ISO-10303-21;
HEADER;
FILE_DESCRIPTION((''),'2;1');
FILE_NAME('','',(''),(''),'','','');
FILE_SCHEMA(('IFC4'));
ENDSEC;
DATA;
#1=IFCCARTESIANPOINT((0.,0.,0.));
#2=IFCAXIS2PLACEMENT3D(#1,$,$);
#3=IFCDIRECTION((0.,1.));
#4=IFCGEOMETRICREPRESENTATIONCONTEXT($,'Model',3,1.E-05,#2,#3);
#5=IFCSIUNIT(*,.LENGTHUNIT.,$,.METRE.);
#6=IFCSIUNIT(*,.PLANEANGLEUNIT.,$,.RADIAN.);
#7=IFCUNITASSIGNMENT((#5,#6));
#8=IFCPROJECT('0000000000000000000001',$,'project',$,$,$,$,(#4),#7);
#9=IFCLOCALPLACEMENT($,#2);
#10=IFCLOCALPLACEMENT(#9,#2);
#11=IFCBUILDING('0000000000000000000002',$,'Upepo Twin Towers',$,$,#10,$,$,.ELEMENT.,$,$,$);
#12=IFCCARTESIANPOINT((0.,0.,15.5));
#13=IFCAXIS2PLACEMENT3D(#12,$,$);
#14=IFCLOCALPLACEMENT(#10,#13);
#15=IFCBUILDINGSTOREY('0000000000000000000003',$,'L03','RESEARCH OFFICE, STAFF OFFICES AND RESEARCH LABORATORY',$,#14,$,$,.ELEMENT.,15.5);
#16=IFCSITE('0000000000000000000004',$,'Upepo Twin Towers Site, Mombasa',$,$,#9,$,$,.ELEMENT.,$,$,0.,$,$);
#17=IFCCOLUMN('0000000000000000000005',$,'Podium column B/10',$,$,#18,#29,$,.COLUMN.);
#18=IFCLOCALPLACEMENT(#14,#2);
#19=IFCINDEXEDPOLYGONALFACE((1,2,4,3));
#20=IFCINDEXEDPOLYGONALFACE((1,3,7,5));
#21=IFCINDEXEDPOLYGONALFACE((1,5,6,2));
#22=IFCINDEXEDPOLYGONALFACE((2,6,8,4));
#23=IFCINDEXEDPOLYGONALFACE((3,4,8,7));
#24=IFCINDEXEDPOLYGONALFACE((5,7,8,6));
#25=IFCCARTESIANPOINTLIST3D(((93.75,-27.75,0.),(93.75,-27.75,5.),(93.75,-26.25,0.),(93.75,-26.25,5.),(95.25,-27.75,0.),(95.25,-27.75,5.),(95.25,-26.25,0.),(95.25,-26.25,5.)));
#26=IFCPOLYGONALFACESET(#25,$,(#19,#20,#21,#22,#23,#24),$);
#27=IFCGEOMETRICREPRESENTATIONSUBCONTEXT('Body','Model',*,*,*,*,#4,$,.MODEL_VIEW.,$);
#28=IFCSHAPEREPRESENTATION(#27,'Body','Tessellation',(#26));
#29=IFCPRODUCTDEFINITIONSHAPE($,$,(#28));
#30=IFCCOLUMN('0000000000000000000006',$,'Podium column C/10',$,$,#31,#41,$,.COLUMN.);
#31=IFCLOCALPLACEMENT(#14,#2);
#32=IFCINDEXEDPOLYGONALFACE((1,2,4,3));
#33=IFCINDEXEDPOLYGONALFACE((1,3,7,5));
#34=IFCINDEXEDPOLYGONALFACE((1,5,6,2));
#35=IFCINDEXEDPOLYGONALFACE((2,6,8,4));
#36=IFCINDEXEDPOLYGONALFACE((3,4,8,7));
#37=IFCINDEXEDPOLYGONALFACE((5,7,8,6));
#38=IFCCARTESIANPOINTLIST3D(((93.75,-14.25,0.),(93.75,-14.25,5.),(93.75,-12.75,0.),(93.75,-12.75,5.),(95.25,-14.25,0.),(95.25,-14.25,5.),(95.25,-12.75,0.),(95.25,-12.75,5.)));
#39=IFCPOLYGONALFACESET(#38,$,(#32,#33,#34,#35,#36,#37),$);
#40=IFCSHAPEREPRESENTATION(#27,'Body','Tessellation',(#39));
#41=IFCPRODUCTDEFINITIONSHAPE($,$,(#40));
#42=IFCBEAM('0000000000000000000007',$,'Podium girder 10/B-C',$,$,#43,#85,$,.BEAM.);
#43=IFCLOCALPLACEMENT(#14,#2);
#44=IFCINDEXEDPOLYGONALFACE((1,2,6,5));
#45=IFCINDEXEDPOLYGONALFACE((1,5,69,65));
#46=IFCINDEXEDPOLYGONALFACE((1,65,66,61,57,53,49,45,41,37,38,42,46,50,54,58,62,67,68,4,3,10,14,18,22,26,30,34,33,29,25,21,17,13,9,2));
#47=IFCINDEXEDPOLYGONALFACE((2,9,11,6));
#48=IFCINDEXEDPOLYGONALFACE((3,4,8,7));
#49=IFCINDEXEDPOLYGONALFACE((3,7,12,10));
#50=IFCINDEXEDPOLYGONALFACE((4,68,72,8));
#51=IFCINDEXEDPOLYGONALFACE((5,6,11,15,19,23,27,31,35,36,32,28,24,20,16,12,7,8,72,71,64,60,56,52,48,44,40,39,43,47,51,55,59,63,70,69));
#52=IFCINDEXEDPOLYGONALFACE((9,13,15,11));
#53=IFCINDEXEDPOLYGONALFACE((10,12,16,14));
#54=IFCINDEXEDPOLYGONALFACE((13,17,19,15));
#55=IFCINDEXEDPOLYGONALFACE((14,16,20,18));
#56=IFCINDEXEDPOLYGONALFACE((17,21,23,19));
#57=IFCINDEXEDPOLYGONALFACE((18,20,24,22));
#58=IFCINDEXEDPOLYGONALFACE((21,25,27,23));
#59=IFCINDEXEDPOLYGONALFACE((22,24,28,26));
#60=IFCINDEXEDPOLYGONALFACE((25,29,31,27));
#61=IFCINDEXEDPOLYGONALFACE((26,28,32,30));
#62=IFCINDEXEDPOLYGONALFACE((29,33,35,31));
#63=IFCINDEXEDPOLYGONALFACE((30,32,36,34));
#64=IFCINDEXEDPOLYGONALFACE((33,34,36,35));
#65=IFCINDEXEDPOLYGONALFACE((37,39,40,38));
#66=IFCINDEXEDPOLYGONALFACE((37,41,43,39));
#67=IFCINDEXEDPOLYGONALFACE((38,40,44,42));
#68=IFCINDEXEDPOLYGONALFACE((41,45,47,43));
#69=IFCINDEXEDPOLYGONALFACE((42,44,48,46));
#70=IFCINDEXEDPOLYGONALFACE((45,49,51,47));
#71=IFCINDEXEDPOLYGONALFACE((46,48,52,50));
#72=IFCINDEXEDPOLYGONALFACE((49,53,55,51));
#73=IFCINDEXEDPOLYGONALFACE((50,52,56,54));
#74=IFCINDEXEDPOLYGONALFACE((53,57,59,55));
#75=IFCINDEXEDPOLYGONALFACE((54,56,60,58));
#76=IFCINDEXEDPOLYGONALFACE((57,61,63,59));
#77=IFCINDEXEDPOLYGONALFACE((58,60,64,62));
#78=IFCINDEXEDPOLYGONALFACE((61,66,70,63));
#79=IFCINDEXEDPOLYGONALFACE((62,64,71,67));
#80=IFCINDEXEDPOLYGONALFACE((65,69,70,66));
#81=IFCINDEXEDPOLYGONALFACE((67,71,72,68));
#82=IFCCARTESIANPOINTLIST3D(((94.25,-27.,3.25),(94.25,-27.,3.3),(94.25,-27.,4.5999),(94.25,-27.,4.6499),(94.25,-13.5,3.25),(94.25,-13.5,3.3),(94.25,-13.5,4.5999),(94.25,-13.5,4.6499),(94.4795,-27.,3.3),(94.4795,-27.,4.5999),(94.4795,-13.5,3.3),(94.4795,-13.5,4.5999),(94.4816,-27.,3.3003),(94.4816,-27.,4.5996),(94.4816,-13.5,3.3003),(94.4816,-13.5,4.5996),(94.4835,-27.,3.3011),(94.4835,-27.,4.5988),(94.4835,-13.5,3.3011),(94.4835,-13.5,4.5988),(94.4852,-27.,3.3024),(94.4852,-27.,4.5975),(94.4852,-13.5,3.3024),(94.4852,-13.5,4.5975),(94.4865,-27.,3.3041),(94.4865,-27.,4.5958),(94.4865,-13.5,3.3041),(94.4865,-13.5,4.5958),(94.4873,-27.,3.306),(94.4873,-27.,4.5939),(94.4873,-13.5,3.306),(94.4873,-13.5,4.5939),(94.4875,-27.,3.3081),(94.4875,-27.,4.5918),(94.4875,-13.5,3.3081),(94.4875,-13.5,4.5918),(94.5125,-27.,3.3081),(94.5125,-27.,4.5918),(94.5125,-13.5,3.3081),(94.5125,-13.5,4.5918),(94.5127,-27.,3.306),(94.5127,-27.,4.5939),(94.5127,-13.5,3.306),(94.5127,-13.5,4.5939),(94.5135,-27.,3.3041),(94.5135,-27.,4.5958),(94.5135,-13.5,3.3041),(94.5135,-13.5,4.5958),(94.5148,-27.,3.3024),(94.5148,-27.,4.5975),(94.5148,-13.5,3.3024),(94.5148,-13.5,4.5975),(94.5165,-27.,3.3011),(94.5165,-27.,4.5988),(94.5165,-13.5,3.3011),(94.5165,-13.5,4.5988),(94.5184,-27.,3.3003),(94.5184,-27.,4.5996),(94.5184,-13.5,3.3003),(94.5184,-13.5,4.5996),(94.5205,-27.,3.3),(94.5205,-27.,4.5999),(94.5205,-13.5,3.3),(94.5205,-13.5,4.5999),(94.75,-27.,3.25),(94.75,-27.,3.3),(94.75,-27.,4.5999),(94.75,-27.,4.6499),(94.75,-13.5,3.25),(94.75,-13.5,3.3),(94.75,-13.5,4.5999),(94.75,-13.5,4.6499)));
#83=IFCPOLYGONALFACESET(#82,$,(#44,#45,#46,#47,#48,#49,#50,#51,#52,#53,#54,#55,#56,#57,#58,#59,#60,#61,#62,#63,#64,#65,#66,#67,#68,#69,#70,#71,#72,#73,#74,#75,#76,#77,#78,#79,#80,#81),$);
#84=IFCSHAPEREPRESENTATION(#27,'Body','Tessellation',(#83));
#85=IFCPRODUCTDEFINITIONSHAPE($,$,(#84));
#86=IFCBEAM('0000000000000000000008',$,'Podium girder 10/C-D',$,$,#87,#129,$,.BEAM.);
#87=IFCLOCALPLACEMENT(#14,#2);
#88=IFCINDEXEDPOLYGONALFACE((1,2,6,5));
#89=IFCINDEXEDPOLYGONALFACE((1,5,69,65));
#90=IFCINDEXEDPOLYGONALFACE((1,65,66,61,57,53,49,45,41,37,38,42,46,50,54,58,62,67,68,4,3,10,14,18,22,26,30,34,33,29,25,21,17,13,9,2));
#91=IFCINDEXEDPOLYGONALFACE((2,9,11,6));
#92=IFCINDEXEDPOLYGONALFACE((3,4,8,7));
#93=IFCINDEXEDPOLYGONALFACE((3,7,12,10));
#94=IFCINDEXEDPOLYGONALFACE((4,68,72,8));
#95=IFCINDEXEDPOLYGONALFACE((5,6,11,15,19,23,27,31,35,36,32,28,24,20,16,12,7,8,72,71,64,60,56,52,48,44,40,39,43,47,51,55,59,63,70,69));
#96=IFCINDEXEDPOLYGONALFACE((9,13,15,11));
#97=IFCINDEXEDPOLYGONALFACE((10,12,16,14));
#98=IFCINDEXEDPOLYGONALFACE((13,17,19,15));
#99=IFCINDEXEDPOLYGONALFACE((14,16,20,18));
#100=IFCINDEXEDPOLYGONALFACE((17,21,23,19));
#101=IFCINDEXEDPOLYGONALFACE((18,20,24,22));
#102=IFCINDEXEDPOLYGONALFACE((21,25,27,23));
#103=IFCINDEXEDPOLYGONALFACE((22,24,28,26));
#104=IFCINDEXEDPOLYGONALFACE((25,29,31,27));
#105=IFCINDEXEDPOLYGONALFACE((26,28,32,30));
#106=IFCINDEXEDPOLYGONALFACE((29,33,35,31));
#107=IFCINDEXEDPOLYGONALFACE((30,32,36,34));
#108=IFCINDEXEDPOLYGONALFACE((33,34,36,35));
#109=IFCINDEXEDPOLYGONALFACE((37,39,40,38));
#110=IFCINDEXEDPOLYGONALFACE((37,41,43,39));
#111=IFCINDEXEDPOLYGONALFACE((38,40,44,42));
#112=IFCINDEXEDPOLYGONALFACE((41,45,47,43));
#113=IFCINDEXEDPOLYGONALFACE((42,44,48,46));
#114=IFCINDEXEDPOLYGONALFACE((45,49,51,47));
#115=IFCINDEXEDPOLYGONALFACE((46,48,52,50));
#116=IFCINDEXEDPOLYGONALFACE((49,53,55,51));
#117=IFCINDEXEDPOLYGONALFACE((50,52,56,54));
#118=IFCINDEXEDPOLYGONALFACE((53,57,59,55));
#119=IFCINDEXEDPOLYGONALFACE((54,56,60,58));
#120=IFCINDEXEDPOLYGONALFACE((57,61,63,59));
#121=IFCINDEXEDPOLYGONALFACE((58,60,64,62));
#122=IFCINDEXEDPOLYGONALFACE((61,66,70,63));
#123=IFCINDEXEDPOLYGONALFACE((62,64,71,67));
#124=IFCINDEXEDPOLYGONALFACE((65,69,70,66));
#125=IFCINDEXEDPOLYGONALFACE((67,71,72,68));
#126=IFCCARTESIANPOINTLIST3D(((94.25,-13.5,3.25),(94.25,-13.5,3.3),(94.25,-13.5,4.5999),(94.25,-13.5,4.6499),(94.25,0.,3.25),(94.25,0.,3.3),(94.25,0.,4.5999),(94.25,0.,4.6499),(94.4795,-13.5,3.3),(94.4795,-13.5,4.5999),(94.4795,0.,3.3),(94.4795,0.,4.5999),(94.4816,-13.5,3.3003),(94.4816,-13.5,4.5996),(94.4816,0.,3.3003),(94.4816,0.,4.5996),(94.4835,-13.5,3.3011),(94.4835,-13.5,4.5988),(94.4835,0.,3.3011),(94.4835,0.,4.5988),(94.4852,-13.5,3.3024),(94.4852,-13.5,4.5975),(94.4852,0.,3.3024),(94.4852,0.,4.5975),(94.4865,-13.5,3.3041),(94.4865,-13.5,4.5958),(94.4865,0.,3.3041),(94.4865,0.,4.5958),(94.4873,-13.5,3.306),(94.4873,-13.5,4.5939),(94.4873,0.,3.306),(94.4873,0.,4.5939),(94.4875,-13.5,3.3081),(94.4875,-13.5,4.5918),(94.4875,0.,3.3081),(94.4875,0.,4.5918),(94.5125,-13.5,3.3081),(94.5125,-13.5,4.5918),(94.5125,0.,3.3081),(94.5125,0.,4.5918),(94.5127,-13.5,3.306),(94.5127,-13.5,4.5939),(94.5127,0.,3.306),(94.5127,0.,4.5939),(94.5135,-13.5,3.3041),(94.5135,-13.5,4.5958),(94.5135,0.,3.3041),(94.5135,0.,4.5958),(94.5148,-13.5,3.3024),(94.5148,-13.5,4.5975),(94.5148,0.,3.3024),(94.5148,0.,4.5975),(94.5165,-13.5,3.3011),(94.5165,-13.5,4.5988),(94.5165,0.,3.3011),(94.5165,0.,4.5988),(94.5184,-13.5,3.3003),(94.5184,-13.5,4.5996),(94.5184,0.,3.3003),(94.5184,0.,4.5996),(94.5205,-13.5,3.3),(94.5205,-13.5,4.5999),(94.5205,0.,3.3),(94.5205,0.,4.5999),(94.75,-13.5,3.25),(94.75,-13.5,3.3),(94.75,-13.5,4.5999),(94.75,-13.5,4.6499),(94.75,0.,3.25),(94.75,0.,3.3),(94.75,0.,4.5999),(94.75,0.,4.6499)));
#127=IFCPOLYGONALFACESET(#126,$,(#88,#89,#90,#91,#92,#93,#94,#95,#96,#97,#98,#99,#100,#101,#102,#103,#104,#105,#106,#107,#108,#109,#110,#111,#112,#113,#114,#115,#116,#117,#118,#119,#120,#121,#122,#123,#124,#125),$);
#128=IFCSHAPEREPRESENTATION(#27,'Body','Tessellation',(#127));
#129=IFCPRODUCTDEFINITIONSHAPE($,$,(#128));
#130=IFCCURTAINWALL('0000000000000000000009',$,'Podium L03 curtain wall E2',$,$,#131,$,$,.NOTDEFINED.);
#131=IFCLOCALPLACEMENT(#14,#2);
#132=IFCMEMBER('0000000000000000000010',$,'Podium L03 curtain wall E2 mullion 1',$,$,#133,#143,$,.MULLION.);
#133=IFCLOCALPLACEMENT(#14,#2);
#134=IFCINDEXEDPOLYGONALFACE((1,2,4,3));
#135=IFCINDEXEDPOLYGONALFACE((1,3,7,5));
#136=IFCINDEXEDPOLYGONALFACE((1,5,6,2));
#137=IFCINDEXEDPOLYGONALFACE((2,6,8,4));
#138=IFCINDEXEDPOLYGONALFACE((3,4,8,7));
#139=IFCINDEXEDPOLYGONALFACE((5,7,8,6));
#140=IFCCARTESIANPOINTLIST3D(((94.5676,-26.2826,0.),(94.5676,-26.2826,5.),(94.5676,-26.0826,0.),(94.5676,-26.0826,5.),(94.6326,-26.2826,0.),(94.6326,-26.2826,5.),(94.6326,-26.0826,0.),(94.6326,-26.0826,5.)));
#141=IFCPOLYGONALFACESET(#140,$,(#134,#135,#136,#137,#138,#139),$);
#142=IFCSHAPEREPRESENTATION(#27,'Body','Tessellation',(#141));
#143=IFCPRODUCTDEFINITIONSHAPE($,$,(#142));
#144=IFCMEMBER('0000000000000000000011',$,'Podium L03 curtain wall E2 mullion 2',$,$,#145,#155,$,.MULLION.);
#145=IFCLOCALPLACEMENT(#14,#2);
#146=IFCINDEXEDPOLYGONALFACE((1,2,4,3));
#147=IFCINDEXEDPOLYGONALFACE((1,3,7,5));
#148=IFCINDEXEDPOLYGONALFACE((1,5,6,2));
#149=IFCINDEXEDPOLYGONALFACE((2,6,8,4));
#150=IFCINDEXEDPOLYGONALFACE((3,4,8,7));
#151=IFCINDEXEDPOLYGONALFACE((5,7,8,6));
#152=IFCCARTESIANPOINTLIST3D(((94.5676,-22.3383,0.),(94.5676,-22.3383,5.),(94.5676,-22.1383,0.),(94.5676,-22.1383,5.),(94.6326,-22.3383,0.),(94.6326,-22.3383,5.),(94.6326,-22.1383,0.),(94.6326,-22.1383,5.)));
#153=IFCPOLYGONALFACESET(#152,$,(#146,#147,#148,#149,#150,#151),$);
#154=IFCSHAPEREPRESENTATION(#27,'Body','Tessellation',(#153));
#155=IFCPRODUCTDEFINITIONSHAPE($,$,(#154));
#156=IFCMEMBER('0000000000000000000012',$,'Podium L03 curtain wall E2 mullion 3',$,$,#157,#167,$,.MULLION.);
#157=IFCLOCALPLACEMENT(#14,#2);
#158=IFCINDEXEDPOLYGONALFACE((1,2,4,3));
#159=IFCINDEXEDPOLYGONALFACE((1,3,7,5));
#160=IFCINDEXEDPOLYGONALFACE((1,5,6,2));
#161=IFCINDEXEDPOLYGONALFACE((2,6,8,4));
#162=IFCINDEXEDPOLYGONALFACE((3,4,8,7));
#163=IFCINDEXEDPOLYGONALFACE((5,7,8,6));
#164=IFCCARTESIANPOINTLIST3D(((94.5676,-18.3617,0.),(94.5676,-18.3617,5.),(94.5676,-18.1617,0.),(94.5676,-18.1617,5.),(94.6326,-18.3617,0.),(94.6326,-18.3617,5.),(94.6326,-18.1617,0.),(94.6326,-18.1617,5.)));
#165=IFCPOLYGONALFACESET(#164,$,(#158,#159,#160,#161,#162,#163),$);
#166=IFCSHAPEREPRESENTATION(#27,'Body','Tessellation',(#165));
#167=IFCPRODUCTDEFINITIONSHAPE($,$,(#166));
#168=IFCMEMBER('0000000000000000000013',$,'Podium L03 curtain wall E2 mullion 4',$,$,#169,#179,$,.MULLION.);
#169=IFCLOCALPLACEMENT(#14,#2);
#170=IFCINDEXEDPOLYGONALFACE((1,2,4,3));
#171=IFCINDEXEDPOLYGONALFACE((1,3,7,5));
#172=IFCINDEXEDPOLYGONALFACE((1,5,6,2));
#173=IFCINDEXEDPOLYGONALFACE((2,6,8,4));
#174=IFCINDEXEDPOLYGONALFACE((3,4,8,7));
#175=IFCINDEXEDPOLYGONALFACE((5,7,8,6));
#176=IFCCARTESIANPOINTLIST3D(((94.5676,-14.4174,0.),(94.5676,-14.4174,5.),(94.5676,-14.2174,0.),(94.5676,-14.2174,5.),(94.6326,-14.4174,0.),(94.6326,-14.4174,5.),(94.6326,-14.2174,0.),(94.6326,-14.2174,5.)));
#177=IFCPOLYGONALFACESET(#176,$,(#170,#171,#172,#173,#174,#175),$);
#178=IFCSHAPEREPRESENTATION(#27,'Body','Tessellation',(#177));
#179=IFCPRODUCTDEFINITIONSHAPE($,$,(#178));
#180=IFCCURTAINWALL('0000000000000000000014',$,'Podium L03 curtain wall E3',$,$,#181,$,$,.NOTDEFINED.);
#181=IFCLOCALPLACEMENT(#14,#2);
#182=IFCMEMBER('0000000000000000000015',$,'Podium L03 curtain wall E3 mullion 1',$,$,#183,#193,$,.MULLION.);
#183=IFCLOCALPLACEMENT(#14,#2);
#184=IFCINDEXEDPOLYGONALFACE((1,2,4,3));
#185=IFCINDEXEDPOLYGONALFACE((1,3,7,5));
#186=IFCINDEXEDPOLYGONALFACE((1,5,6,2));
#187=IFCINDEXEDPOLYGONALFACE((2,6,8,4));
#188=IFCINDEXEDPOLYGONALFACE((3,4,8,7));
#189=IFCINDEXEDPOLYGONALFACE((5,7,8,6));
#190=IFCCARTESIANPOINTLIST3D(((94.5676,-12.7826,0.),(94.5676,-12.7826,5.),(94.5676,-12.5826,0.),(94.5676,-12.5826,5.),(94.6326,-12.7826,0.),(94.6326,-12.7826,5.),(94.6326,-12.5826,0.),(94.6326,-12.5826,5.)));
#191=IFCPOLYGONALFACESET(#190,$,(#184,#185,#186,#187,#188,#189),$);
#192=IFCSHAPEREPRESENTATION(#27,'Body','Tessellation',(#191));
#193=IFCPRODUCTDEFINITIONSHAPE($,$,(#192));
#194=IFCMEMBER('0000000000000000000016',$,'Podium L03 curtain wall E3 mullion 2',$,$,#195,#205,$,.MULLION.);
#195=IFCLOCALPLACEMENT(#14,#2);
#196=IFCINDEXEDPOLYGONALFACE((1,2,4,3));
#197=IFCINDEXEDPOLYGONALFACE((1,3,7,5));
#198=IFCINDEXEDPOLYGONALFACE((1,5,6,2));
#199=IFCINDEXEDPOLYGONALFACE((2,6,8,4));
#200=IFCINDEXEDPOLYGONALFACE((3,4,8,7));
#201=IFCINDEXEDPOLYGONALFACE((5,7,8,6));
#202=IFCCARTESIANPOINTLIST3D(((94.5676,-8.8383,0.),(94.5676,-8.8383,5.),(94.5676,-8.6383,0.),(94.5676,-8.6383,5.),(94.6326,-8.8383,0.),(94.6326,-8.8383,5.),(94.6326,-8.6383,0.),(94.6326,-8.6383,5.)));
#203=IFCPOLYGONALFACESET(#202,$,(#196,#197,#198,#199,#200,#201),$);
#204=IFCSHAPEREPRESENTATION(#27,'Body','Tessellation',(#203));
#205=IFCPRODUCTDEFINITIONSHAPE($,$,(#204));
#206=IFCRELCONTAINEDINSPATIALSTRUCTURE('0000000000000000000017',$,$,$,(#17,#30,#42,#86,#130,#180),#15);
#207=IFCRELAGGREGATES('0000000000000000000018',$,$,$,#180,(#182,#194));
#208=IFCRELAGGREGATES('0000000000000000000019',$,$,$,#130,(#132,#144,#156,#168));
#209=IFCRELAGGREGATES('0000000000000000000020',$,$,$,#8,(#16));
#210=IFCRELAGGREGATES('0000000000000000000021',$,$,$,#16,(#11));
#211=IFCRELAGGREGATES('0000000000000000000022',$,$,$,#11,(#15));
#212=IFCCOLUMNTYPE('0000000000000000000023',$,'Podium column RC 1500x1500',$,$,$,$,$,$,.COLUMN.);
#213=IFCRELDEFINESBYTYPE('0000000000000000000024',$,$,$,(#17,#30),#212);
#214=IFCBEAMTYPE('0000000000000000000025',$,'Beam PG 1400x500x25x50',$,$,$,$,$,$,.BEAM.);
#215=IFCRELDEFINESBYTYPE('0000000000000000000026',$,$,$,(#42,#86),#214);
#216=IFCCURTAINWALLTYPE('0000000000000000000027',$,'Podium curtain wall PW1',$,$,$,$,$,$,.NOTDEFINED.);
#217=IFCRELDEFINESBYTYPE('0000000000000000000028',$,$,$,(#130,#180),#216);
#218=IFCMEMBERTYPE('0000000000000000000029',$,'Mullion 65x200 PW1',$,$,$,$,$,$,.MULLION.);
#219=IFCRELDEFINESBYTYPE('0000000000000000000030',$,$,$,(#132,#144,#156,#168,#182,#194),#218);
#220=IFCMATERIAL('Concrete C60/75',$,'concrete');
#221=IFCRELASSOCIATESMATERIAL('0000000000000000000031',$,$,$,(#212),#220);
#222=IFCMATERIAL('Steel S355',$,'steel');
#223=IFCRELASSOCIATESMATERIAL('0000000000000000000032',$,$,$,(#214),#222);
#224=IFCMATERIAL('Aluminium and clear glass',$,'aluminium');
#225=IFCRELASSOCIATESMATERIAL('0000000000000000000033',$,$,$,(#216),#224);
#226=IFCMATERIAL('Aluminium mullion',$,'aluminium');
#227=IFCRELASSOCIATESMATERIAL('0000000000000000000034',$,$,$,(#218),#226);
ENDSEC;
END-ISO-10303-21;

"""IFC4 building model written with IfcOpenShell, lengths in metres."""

from ifc_helpers import new_model, si_unit, direction, frame, origin, origin_2d, place, context, subcontext, project, spatial, rectangle, i_section, extrude, material, material_profile, profile_set, type_object, element, aggregate, save


model = new_model("IFC4")

# Units and contexts
model_context = context("Model", 3, precision=1e-05, world=origin(), true_north=direction((0.0, 1.0)))
body_context = subcontext(model_context, "Body", "Model", "MODEL_VIEW")
ifc_project = project(units=[si_unit("LENGTHUNIT", "METRE"), si_unit("PLANEANGLEUNIT", "RADIAN")], contexts=[model_context])

# Site, building, storey
site_placement = place(None, origin())
site = spatial("IfcSite", under=ifc_project, at=site_placement, Name="Upepo Twin Towers Site, Mombasa", CompositionType="ELEMENT", RefElevation=0.0)
building_placement = place(site_placement, origin())
building = spatial("IfcBuilding", under=site, at=building_placement, Name="Upepo Twin Towers", CompositionType="ELEMENT")
storey_placement = place(building_placement, frame((0.0, 0.0, 15.5)))
storey = spatial("IfcBuildingStorey", under=building, at=storey_placement, Name="L03", Description="RESEARCH OFFICE, STAFF OFFICES AND RESEARCH LABORATORY", CompositionType="ELEMENT", Elevation=15.5)

# Columns
ifc_material_1 = material(Name="Concrete C60/75", Category="concrete")
ifc_material_profile_1 = material_profile(ifc_material_1, rectangle(XDim=1.5, YDim=1.5, at=origin_2d()), Name="RC 1500x1500")
ifc_profile_set_1 = profile_set([ifc_material_profile_1], Name="Concrete C60/75")
column_type = type_object("IfcColumnType", Name="Podium column RC 1500x1500", PredefinedType="COLUMN", material=ifc_profile_set_1)
for number, where, z_axis, x_axis, name in (
    (1, (94.5, -27.0, 0.0), (0.0, 0.0, 1.0), (1.0, 0.0, 0.0), "Podium column B/10"),
    (2, (94.5, -13.5, 0.0), (0.0, 0.0, 1.0), (1.0, 0.0, 0.0), "Podium column C/10"),
):
    element("IfcColumn", number, at=place(storey_placement, frame(where, z_axis=z_axis, x_axis=x_axis)), inside=storey, type_object=column_type, Name=name, PredefinedType="COLUMN", context=body_context, shape_type="SweptSolid", body=[
        extrude(rectangle(XDim=1.5, YDim=1.5, at=origin_2d()), origin(), (0.0, 0.0, 1.0), 5.0),
    ])

# Beams
ifc_material_2 = material(Name="Steel S355", Category="steel")
ifc_material_profile_2 = material_profile(ifc_material_2, i_section(OverallWidth=0.5, OverallDepth=1.3999, WebThickness=0.0249, FlangeThickness=0.05, FilletRadius=0.0081, at=origin_2d()), Name="PG 1400x500x25x50")
ifc_profile_set_2 = profile_set([ifc_material_profile_2], Name="Steel S355")
beam_type_1 = type_object("IfcBeamType", Name="Beam PG 1400x500x25x50", PredefinedType="BEAM", material=ifc_profile_set_2)
for number, where, z_axis, x_axis, name in (
    (3, (94.5, -27.0, 3.95), (0.0, 1.0, 0.0), (-1.0, 0.0, 0.0), "Podium girder 10/B-C"),
    (4, (94.5, -13.5, 3.95), (0.0, 1.0, 0.0), (-1.0, 0.0, 0.0), "Podium girder 10/C-D"),
):
    element("IfcBeam", number, at=place(storey_placement, frame(where, z_axis=z_axis, x_axis=x_axis)), inside=storey, type_object=beam_type_1, Name=name, PredefinedType="BEAM", context=body_context, shape_type="SweptSolid", body=[
        extrude(i_section(OverallWidth=0.5, OverallDepth=1.3999, WebThickness=0.0249, FlangeThickness=0.05, FilletRadius=0.0081, at=origin_2d()), origin(), (0.0, 0.0, 1.0), 13.5),
    ])

# Curtain walls, members
ifc_material_3 = material(Name="Aluminium and clear glass", Category="aluminium")
curtain_wall_type = type_object("IfcCurtainWallType", Name="Podium curtain wall PW1", PredefinedType="NOTDEFINED", material=ifc_material_3)
curtain_wall_1_placement = place(storey_placement, origin())
curtain_wall_1 = element("IfcCurtainWall", 5, at=curtain_wall_1_placement, inside=storey, type_object=curtain_wall_type, Name="Podium L03 curtain wall E2", PredefinedType="NOTDEFINED")
ifc_material_4 = material(Name="Aluminium mullion", Category="aluminium")
ifc_material_profile_3 = material_profile(ifc_material_4, rectangle(XDim=0.0649, YDim=0.2, at=origin_2d()), Name="MULLION 65x200 PODIUM")
ifc_profile_set_3 = profile_set([ifc_material_profile_3], Name="Aluminium mullion")
member_type_1 = type_object("IfcMemberType", Name="Mullion 65x200 PW1", PredefinedType="MULLION", material=ifc_profile_set_3)
member_1_placement = place(storey_placement, frame((94.6001, -26.1826, 0.0), z_axis=(0.0, 0.0, 1.0), x_axis=(-1.0, 0.0, 0.0)))
member_1 = element("IfcMember", 6, at=member_1_placement, type_object=member_type_1, Name="Podium L03 curtain wall E2 mullion 1", PredefinedType="MULLION", context=body_context, shape_type="SweptSolid", body=[
    extrude(rectangle(XDim=0.0649, YDim=0.2, at=origin_2d()), origin(), (0.0, 0.0, 1.0), 5.0),
])
member_2_placement = place(storey_placement, frame((94.6001, -22.2383, 0.0), z_axis=(0.0, 0.0, 1.0), x_axis=(-1.0, 0.0, 0.0)))
member_2 = element("IfcMember", 7, at=member_2_placement, type_object=member_type_1, Name="Podium L03 curtain wall E2 mullion 2", PredefinedType="MULLION", context=body_context, shape_type="SweptSolid", body=[
    extrude(rectangle(XDim=0.0649, YDim=0.2, at=origin_2d()), origin(), (0.0, 0.0, 1.0), 5.0),
])
member_3_placement = place(storey_placement, frame((94.6001, -18.2617, 0.0), z_axis=(0.0, 0.0, 1.0), x_axis=(-1.0, 0.0, 0.0)))
member_3 = element("IfcMember", 8, at=member_3_placement, type_object=member_type_1, Name="Podium L03 curtain wall E2 mullion 3", PredefinedType="MULLION", context=body_context, shape_type="SweptSolid", body=[
    extrude(rectangle(XDim=0.0649, YDim=0.2, at=origin_2d()), origin(), (0.0, 0.0, 1.0), 5.0),
])
member_4_placement = place(storey_placement, frame((94.6001, -14.3174, 0.0), z_axis=(0.0, 0.0, 1.0), x_axis=(-1.0, 0.0, 0.0)))
member_4 = element("IfcMember", 9, at=member_4_placement, type_object=member_type_1, Name="Podium L03 curtain wall E2 mullion 4", PredefinedType="MULLION", context=body_context, shape_type="SweptSolid", body=[
    extrude(rectangle(XDim=0.0649, YDim=0.2, at=origin_2d()), origin(), (0.0, 0.0, 1.0), 5.0),
])
curtain_wall_2_placement = place(storey_placement, origin())
curtain_wall_2 = element("IfcCurtainWall", 10, at=curtain_wall_2_placement, inside=storey, type_object=curtain_wall_type, Name="Podium L03 curtain wall E3", PredefinedType="NOTDEFINED")
member_5_placement = place(storey_placement, frame((94.6001, -12.6826, 0.0), z_axis=(0.0, 0.0, 1.0), x_axis=(-1.0, 0.0, 0.0)))
member_5 = element("IfcMember", 11, at=member_5_placement, type_object=member_type_1, Name="Podium L03 curtain wall E3 mullion 1", PredefinedType="MULLION", context=body_context, shape_type="SweptSolid", body=[
    extrude(rectangle(XDim=0.0649, YDim=0.2, at=origin_2d()), origin(), (0.0, 0.0, 1.0), 5.0),
])
member_6_placement = place(storey_placement, frame((94.6001, -8.7383, 0.0), z_axis=(0.0, 0.0, 1.0), x_axis=(-1.0, 0.0, 0.0)))
member_6 = element("IfcMember", 12, at=member_6_placement, type_object=member_type_1, Name="Podium L03 curtain wall E3 mullion 2", PredefinedType="MULLION", context=body_context, shape_type="SweptSolid", body=[
    extrude(rectangle(XDim=0.0649, YDim=0.2, at=origin_2d()), origin(), (0.0, 0.0, 1.0), 5.0),
])

aggregate(curtain_wall_2, [member_5, member_6])
aggregate(curtain_wall_1, [member_1, member_2, member_3, member_4])

save(model, "model.ifc")
